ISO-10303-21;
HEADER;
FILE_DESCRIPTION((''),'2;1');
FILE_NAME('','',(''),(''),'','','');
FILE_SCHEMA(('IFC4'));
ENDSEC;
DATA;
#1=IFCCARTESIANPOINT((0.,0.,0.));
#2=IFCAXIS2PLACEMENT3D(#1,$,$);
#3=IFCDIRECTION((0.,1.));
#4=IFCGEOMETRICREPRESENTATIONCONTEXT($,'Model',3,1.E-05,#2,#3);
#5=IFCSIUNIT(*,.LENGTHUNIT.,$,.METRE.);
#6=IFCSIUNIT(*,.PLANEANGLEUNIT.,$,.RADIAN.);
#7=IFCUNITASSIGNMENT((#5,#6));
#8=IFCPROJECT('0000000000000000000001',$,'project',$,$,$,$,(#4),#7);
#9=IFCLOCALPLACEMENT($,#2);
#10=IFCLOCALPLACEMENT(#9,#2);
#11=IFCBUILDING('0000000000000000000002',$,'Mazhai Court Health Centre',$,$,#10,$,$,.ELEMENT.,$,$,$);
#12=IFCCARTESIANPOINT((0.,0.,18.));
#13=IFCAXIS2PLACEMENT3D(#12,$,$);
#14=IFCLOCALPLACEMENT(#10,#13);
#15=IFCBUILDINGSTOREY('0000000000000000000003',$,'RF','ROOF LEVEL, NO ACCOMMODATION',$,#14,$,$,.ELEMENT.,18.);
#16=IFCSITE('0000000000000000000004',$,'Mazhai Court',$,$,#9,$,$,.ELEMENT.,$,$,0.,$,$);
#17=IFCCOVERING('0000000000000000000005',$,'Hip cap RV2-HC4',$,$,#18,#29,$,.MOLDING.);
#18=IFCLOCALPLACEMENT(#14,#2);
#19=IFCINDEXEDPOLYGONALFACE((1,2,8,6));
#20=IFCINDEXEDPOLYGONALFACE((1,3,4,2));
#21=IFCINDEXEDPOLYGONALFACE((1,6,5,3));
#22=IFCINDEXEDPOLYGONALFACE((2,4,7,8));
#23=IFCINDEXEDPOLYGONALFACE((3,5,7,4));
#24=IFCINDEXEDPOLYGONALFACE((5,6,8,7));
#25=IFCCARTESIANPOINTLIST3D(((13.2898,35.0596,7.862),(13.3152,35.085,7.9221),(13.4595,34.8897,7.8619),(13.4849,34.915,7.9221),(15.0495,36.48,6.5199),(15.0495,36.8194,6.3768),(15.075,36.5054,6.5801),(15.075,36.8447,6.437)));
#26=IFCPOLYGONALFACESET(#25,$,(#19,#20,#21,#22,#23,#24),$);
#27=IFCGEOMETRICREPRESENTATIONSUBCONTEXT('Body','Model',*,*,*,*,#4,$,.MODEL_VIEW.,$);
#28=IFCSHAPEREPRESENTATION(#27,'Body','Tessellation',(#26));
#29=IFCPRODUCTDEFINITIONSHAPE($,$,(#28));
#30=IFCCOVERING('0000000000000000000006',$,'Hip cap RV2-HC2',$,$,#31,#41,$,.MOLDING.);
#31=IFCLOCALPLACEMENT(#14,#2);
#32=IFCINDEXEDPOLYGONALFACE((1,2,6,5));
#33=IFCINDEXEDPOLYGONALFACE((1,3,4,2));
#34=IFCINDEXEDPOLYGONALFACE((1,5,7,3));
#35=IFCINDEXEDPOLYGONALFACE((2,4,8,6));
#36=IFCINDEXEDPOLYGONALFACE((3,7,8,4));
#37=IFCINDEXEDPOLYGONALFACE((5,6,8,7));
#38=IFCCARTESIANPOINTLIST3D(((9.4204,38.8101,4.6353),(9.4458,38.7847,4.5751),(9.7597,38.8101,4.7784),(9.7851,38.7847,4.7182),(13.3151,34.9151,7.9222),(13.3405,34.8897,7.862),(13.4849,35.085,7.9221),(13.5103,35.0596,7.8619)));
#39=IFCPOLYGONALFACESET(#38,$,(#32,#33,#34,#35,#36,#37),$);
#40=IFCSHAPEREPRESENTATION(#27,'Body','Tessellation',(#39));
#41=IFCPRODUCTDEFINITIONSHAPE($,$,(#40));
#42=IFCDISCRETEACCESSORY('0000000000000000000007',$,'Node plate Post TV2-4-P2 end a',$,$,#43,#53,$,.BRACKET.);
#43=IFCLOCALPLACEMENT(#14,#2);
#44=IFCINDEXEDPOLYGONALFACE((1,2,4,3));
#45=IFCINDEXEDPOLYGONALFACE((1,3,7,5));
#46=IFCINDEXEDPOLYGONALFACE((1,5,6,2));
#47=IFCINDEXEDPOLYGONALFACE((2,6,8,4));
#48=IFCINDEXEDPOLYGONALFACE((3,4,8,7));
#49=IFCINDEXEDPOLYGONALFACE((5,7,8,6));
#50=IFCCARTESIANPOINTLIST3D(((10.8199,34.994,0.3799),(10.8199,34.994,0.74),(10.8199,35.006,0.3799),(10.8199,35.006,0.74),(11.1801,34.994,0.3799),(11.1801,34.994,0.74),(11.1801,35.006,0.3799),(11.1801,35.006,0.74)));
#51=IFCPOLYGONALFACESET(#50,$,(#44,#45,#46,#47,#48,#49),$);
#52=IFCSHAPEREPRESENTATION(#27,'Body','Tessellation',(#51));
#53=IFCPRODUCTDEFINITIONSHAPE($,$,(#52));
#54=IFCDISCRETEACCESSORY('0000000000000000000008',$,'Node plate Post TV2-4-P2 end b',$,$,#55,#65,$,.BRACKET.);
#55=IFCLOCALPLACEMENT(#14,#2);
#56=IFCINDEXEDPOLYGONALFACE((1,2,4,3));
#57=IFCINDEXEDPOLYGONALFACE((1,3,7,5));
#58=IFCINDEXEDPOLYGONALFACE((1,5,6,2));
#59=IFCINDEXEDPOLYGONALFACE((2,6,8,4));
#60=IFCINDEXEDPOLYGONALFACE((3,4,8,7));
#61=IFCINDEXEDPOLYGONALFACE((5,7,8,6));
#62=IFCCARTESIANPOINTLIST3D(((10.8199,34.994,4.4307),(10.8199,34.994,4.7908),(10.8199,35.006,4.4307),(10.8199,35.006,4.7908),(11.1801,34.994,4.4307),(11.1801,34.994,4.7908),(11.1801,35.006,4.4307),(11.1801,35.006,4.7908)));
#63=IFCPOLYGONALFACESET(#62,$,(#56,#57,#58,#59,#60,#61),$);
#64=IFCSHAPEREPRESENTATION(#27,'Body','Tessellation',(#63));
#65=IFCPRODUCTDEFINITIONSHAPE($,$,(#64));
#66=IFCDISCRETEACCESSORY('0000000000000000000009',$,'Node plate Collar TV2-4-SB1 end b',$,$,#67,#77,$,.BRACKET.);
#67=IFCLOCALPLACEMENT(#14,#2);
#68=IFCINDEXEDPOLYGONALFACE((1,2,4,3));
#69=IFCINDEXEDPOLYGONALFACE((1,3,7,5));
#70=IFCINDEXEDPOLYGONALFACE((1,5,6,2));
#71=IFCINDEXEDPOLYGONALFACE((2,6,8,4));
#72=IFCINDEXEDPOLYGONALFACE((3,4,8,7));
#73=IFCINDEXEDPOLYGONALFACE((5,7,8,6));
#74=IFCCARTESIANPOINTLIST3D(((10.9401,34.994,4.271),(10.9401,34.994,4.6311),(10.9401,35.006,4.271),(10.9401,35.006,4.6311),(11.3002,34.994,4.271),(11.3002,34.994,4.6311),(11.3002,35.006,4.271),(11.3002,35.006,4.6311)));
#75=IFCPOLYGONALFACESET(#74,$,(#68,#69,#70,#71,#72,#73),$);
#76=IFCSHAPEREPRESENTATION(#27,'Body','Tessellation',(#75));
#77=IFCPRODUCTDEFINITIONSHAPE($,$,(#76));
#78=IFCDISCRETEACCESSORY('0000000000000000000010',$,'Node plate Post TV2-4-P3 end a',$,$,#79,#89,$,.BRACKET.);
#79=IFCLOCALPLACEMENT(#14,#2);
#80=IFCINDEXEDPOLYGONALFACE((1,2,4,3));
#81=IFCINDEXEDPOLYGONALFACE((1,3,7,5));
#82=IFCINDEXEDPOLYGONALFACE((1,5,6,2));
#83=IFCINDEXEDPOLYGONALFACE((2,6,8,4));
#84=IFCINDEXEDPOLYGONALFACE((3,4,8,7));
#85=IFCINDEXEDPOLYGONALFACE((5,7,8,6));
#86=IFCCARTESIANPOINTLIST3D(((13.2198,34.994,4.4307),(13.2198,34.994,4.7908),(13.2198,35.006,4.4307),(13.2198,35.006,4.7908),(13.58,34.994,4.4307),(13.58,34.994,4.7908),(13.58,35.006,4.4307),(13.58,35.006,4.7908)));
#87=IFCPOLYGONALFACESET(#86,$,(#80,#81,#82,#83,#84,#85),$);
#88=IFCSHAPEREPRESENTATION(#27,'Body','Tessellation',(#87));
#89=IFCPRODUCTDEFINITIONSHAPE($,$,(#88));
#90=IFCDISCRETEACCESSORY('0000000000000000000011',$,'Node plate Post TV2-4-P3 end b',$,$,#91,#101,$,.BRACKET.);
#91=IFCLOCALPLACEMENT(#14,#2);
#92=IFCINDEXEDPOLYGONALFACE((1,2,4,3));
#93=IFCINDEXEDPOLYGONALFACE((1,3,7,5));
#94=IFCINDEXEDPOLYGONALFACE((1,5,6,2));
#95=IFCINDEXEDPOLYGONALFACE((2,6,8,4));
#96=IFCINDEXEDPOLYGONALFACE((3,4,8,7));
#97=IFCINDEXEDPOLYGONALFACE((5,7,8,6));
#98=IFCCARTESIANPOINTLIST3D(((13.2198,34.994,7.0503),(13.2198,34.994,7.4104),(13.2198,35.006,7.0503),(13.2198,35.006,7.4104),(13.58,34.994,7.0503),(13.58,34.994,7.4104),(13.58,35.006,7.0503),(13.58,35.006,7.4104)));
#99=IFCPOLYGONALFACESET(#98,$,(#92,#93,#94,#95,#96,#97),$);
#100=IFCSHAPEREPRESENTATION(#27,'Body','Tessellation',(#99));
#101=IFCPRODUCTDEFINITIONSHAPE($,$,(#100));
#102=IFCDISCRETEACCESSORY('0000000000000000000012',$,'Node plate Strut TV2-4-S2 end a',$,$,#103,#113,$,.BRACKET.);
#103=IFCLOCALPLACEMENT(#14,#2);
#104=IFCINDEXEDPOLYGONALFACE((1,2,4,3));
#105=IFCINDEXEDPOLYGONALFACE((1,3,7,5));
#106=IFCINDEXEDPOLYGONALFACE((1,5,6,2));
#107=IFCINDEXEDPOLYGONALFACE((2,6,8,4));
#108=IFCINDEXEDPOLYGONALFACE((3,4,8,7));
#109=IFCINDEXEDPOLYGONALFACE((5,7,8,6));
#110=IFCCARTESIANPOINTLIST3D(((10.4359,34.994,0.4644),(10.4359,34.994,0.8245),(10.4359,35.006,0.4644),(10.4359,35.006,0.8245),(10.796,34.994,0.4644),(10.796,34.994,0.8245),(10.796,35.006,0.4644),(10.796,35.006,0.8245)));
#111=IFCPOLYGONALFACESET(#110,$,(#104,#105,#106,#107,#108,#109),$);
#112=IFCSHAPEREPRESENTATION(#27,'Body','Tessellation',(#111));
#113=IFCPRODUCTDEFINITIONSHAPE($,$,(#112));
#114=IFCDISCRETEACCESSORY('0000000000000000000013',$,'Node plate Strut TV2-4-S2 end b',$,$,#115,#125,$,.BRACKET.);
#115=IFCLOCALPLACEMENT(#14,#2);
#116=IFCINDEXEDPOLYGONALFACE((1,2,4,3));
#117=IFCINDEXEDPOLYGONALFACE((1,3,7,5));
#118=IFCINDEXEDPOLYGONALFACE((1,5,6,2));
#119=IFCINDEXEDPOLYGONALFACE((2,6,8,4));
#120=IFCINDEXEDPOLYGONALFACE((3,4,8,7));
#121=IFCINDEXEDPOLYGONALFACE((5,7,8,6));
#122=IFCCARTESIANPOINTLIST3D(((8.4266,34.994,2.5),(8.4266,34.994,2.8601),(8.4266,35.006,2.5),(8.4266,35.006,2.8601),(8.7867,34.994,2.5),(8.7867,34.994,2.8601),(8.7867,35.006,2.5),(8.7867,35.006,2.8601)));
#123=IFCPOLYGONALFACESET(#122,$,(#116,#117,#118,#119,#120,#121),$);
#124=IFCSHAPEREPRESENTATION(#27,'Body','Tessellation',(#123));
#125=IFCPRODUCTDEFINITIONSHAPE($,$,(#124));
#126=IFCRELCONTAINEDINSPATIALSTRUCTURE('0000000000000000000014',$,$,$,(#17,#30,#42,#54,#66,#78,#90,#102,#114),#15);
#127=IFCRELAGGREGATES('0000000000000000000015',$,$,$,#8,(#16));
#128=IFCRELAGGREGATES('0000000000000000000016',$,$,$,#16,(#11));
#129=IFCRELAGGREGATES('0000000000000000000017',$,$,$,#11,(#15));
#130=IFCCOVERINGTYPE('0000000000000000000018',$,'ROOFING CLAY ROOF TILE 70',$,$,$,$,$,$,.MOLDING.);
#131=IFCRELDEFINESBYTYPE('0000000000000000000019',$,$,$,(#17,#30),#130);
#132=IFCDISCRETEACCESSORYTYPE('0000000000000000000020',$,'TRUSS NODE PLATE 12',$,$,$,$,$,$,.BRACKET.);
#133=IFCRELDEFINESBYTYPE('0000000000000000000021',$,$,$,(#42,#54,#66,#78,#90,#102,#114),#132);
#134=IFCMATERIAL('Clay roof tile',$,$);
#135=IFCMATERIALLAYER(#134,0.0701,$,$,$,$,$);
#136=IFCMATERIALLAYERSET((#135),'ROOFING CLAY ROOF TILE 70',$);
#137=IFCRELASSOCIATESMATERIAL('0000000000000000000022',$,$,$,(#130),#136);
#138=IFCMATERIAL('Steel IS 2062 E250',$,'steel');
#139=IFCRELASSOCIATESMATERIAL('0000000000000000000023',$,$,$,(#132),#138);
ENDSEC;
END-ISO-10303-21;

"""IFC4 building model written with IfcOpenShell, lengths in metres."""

from ifc_helpers import new_model, si_unit, direction, frame, origin, origin_2d, place, context, subcontext, project, spatial, polyline, rectangle, outline, extrude, material, layer, layer_set, type_object, element, save


model = new_model("IFC4")

# Units and contexts
model_context = context("Model", 3, precision=1e-05, world=origin(), true_north=direction((0.0, 1.0)))
body_context = subcontext(model_context, "Body", "Model", "MODEL_VIEW")
ifc_project = project(units=[si_unit("LENGTHUNIT", "METRE"), si_unit("PLANEANGLEUNIT", "RADIAN")], contexts=[model_context])

# Site, building, storey
site_placement = place(None, origin())
site = spatial("IfcSite", under=ifc_project, at=site_placement, Name="Mazhai Court", CompositionType="ELEMENT", RefElevation=0.0)
building_placement = place(site_placement, origin())
building = spatial("IfcBuilding", under=site, at=building_placement, Name="Mazhai Court Health Centre", CompositionType="ELEMENT")
storey_placement = place(building_placement, frame((0.0, 0.0, 18.0)))
storey = spatial("IfcBuildingStorey", under=building, at=storey_placement, Name="RF", Description="ROOF LEVEL, NO ACCOMMODATION", CompositionType="ELEMENT", Elevation=18.0)

# Coverings
ifc_material_1 = material(Name="Clay roof tile")
ifc_layer_1 = layer(ifc_material_1, 0.0701)
ifc_layer_set_1 = layer_set([ifc_layer_1], Name="ROOFING CLAY ROOF TILE 70")
covering_type_1 = type_object("IfcCoveringType", Name="ROOFING CLAY ROOF TILE 70", PredefinedType="MOLDING", material=ifc_layer_set_1)
covering_1_placement = place(storey_placement, frame((13.4849, 34.915, 7.9221), z_axis=(0.362646, 0.362056, 0.858722), x_axis=(-0.706581, 0.707632, 0.000041)))
element("IfcCovering", 1, at=covering_1_placement, inside=storey, type_object=covering_type_1, Name="Hip cap RV2-HC4", PredefinedType="MOLDING", context=body_context, shape_type="SweptSolid", body=[
    extrude(outline(polyline([(0.0, 0.0), (0.2401, 0.0), (0.2419, -2.8981), (0.0018, -2.6189), (0.0, 0.0)])), origin(), (0.0, 0.0, -1.0), 0.0701),
])
covering_2_placement = place(storey_placement, frame((13.4849, 35.085, 7.9221), z_axis=(-0.362316, 0.362379, 0.858725), x_axis=(-0.706748, -0.707465, 0.000355)))
element("IfcCovering", 2, at=covering_2_placement, inside=storey, type_object=covering_type_1, Name="Hip cap RV2-HC2", PredefinedType="MOLDING", context=body_context, shape_type="SweptSolid", body=[
    extrude(outline(polyline([(0.0, 0.0), (0.2401, 0.0), (0.236, -6.4144), (-0.0038, -6.1348), (0.0, 0.0)])), origin(), (0.0, 0.0, -1.0), 0.0701),
])

# Discrete accessories
ifc_material_2 = material(Name="Steel IS 2062 E250", Category="steel")
discrete_accessory_type = type_object("IfcDiscreteAccessoryType", Name="TRUSS NODE PLATE 12", PredefinedType="BRACKET", material=ifc_material_2)
for number, where, z_axis, x_axis, name in (
    (3, (11.0, 35.0, 0.3799), (0.0, 0.0, 1.0), (1.0, 0.0, 0.0), "Node plate Post TV2-4-P2 end a"),
    (4, (11.0, 35.0, 4.4307), (0.0, 0.0, 1.0), (1.0, 0.0, 0.0), "Node plate Post TV2-4-P2 end b"),
    (5, (11.1201, 35.0, 4.271), (0.0, 0.0, 1.0), (1.0, 0.0, 0.0), "Node plate Collar TV2-4-SB1 end b"),
    (6, (13.3999, 35.0, 4.4307), (0.0, 0.0, 1.0), (1.0, 0.0, 0.0), "Node plate Post TV2-4-P3 end a"),
    (7, (13.3999, 35.0, 7.0503), (0.0, 0.0, 1.0), (1.0, 0.0, 0.0), "Node plate Post TV2-4-P3 end b"),
    (8, (10.616, 35.0, 0.4644), (0.0, 0.0, 1.0), (1.0, 0.0, 0.0), "Node plate Strut TV2-4-S2 end a"),
    (9, (8.6067, 35.0, 2.5), (0.0, 0.0, 1.0), (1.0, 0.0, 0.0), "Node plate Strut TV2-4-S2 end b"),
):
    element("IfcDiscreteAccessory", number, at=place(storey_placement, frame(where, z_axis=z_axis, x_axis=x_axis)), inside=storey, type_object=discrete_accessory_type, Name=name, PredefinedType="BRACKET", context=body_context, shape_type="SweptSolid", body=[
        extrude(rectangle(XDim=0.3601, YDim=0.012, at=origin_2d()), origin(), (0.0, 0.0, 1.0), 0.3601),
    ])

save(model, "model.ifc")
